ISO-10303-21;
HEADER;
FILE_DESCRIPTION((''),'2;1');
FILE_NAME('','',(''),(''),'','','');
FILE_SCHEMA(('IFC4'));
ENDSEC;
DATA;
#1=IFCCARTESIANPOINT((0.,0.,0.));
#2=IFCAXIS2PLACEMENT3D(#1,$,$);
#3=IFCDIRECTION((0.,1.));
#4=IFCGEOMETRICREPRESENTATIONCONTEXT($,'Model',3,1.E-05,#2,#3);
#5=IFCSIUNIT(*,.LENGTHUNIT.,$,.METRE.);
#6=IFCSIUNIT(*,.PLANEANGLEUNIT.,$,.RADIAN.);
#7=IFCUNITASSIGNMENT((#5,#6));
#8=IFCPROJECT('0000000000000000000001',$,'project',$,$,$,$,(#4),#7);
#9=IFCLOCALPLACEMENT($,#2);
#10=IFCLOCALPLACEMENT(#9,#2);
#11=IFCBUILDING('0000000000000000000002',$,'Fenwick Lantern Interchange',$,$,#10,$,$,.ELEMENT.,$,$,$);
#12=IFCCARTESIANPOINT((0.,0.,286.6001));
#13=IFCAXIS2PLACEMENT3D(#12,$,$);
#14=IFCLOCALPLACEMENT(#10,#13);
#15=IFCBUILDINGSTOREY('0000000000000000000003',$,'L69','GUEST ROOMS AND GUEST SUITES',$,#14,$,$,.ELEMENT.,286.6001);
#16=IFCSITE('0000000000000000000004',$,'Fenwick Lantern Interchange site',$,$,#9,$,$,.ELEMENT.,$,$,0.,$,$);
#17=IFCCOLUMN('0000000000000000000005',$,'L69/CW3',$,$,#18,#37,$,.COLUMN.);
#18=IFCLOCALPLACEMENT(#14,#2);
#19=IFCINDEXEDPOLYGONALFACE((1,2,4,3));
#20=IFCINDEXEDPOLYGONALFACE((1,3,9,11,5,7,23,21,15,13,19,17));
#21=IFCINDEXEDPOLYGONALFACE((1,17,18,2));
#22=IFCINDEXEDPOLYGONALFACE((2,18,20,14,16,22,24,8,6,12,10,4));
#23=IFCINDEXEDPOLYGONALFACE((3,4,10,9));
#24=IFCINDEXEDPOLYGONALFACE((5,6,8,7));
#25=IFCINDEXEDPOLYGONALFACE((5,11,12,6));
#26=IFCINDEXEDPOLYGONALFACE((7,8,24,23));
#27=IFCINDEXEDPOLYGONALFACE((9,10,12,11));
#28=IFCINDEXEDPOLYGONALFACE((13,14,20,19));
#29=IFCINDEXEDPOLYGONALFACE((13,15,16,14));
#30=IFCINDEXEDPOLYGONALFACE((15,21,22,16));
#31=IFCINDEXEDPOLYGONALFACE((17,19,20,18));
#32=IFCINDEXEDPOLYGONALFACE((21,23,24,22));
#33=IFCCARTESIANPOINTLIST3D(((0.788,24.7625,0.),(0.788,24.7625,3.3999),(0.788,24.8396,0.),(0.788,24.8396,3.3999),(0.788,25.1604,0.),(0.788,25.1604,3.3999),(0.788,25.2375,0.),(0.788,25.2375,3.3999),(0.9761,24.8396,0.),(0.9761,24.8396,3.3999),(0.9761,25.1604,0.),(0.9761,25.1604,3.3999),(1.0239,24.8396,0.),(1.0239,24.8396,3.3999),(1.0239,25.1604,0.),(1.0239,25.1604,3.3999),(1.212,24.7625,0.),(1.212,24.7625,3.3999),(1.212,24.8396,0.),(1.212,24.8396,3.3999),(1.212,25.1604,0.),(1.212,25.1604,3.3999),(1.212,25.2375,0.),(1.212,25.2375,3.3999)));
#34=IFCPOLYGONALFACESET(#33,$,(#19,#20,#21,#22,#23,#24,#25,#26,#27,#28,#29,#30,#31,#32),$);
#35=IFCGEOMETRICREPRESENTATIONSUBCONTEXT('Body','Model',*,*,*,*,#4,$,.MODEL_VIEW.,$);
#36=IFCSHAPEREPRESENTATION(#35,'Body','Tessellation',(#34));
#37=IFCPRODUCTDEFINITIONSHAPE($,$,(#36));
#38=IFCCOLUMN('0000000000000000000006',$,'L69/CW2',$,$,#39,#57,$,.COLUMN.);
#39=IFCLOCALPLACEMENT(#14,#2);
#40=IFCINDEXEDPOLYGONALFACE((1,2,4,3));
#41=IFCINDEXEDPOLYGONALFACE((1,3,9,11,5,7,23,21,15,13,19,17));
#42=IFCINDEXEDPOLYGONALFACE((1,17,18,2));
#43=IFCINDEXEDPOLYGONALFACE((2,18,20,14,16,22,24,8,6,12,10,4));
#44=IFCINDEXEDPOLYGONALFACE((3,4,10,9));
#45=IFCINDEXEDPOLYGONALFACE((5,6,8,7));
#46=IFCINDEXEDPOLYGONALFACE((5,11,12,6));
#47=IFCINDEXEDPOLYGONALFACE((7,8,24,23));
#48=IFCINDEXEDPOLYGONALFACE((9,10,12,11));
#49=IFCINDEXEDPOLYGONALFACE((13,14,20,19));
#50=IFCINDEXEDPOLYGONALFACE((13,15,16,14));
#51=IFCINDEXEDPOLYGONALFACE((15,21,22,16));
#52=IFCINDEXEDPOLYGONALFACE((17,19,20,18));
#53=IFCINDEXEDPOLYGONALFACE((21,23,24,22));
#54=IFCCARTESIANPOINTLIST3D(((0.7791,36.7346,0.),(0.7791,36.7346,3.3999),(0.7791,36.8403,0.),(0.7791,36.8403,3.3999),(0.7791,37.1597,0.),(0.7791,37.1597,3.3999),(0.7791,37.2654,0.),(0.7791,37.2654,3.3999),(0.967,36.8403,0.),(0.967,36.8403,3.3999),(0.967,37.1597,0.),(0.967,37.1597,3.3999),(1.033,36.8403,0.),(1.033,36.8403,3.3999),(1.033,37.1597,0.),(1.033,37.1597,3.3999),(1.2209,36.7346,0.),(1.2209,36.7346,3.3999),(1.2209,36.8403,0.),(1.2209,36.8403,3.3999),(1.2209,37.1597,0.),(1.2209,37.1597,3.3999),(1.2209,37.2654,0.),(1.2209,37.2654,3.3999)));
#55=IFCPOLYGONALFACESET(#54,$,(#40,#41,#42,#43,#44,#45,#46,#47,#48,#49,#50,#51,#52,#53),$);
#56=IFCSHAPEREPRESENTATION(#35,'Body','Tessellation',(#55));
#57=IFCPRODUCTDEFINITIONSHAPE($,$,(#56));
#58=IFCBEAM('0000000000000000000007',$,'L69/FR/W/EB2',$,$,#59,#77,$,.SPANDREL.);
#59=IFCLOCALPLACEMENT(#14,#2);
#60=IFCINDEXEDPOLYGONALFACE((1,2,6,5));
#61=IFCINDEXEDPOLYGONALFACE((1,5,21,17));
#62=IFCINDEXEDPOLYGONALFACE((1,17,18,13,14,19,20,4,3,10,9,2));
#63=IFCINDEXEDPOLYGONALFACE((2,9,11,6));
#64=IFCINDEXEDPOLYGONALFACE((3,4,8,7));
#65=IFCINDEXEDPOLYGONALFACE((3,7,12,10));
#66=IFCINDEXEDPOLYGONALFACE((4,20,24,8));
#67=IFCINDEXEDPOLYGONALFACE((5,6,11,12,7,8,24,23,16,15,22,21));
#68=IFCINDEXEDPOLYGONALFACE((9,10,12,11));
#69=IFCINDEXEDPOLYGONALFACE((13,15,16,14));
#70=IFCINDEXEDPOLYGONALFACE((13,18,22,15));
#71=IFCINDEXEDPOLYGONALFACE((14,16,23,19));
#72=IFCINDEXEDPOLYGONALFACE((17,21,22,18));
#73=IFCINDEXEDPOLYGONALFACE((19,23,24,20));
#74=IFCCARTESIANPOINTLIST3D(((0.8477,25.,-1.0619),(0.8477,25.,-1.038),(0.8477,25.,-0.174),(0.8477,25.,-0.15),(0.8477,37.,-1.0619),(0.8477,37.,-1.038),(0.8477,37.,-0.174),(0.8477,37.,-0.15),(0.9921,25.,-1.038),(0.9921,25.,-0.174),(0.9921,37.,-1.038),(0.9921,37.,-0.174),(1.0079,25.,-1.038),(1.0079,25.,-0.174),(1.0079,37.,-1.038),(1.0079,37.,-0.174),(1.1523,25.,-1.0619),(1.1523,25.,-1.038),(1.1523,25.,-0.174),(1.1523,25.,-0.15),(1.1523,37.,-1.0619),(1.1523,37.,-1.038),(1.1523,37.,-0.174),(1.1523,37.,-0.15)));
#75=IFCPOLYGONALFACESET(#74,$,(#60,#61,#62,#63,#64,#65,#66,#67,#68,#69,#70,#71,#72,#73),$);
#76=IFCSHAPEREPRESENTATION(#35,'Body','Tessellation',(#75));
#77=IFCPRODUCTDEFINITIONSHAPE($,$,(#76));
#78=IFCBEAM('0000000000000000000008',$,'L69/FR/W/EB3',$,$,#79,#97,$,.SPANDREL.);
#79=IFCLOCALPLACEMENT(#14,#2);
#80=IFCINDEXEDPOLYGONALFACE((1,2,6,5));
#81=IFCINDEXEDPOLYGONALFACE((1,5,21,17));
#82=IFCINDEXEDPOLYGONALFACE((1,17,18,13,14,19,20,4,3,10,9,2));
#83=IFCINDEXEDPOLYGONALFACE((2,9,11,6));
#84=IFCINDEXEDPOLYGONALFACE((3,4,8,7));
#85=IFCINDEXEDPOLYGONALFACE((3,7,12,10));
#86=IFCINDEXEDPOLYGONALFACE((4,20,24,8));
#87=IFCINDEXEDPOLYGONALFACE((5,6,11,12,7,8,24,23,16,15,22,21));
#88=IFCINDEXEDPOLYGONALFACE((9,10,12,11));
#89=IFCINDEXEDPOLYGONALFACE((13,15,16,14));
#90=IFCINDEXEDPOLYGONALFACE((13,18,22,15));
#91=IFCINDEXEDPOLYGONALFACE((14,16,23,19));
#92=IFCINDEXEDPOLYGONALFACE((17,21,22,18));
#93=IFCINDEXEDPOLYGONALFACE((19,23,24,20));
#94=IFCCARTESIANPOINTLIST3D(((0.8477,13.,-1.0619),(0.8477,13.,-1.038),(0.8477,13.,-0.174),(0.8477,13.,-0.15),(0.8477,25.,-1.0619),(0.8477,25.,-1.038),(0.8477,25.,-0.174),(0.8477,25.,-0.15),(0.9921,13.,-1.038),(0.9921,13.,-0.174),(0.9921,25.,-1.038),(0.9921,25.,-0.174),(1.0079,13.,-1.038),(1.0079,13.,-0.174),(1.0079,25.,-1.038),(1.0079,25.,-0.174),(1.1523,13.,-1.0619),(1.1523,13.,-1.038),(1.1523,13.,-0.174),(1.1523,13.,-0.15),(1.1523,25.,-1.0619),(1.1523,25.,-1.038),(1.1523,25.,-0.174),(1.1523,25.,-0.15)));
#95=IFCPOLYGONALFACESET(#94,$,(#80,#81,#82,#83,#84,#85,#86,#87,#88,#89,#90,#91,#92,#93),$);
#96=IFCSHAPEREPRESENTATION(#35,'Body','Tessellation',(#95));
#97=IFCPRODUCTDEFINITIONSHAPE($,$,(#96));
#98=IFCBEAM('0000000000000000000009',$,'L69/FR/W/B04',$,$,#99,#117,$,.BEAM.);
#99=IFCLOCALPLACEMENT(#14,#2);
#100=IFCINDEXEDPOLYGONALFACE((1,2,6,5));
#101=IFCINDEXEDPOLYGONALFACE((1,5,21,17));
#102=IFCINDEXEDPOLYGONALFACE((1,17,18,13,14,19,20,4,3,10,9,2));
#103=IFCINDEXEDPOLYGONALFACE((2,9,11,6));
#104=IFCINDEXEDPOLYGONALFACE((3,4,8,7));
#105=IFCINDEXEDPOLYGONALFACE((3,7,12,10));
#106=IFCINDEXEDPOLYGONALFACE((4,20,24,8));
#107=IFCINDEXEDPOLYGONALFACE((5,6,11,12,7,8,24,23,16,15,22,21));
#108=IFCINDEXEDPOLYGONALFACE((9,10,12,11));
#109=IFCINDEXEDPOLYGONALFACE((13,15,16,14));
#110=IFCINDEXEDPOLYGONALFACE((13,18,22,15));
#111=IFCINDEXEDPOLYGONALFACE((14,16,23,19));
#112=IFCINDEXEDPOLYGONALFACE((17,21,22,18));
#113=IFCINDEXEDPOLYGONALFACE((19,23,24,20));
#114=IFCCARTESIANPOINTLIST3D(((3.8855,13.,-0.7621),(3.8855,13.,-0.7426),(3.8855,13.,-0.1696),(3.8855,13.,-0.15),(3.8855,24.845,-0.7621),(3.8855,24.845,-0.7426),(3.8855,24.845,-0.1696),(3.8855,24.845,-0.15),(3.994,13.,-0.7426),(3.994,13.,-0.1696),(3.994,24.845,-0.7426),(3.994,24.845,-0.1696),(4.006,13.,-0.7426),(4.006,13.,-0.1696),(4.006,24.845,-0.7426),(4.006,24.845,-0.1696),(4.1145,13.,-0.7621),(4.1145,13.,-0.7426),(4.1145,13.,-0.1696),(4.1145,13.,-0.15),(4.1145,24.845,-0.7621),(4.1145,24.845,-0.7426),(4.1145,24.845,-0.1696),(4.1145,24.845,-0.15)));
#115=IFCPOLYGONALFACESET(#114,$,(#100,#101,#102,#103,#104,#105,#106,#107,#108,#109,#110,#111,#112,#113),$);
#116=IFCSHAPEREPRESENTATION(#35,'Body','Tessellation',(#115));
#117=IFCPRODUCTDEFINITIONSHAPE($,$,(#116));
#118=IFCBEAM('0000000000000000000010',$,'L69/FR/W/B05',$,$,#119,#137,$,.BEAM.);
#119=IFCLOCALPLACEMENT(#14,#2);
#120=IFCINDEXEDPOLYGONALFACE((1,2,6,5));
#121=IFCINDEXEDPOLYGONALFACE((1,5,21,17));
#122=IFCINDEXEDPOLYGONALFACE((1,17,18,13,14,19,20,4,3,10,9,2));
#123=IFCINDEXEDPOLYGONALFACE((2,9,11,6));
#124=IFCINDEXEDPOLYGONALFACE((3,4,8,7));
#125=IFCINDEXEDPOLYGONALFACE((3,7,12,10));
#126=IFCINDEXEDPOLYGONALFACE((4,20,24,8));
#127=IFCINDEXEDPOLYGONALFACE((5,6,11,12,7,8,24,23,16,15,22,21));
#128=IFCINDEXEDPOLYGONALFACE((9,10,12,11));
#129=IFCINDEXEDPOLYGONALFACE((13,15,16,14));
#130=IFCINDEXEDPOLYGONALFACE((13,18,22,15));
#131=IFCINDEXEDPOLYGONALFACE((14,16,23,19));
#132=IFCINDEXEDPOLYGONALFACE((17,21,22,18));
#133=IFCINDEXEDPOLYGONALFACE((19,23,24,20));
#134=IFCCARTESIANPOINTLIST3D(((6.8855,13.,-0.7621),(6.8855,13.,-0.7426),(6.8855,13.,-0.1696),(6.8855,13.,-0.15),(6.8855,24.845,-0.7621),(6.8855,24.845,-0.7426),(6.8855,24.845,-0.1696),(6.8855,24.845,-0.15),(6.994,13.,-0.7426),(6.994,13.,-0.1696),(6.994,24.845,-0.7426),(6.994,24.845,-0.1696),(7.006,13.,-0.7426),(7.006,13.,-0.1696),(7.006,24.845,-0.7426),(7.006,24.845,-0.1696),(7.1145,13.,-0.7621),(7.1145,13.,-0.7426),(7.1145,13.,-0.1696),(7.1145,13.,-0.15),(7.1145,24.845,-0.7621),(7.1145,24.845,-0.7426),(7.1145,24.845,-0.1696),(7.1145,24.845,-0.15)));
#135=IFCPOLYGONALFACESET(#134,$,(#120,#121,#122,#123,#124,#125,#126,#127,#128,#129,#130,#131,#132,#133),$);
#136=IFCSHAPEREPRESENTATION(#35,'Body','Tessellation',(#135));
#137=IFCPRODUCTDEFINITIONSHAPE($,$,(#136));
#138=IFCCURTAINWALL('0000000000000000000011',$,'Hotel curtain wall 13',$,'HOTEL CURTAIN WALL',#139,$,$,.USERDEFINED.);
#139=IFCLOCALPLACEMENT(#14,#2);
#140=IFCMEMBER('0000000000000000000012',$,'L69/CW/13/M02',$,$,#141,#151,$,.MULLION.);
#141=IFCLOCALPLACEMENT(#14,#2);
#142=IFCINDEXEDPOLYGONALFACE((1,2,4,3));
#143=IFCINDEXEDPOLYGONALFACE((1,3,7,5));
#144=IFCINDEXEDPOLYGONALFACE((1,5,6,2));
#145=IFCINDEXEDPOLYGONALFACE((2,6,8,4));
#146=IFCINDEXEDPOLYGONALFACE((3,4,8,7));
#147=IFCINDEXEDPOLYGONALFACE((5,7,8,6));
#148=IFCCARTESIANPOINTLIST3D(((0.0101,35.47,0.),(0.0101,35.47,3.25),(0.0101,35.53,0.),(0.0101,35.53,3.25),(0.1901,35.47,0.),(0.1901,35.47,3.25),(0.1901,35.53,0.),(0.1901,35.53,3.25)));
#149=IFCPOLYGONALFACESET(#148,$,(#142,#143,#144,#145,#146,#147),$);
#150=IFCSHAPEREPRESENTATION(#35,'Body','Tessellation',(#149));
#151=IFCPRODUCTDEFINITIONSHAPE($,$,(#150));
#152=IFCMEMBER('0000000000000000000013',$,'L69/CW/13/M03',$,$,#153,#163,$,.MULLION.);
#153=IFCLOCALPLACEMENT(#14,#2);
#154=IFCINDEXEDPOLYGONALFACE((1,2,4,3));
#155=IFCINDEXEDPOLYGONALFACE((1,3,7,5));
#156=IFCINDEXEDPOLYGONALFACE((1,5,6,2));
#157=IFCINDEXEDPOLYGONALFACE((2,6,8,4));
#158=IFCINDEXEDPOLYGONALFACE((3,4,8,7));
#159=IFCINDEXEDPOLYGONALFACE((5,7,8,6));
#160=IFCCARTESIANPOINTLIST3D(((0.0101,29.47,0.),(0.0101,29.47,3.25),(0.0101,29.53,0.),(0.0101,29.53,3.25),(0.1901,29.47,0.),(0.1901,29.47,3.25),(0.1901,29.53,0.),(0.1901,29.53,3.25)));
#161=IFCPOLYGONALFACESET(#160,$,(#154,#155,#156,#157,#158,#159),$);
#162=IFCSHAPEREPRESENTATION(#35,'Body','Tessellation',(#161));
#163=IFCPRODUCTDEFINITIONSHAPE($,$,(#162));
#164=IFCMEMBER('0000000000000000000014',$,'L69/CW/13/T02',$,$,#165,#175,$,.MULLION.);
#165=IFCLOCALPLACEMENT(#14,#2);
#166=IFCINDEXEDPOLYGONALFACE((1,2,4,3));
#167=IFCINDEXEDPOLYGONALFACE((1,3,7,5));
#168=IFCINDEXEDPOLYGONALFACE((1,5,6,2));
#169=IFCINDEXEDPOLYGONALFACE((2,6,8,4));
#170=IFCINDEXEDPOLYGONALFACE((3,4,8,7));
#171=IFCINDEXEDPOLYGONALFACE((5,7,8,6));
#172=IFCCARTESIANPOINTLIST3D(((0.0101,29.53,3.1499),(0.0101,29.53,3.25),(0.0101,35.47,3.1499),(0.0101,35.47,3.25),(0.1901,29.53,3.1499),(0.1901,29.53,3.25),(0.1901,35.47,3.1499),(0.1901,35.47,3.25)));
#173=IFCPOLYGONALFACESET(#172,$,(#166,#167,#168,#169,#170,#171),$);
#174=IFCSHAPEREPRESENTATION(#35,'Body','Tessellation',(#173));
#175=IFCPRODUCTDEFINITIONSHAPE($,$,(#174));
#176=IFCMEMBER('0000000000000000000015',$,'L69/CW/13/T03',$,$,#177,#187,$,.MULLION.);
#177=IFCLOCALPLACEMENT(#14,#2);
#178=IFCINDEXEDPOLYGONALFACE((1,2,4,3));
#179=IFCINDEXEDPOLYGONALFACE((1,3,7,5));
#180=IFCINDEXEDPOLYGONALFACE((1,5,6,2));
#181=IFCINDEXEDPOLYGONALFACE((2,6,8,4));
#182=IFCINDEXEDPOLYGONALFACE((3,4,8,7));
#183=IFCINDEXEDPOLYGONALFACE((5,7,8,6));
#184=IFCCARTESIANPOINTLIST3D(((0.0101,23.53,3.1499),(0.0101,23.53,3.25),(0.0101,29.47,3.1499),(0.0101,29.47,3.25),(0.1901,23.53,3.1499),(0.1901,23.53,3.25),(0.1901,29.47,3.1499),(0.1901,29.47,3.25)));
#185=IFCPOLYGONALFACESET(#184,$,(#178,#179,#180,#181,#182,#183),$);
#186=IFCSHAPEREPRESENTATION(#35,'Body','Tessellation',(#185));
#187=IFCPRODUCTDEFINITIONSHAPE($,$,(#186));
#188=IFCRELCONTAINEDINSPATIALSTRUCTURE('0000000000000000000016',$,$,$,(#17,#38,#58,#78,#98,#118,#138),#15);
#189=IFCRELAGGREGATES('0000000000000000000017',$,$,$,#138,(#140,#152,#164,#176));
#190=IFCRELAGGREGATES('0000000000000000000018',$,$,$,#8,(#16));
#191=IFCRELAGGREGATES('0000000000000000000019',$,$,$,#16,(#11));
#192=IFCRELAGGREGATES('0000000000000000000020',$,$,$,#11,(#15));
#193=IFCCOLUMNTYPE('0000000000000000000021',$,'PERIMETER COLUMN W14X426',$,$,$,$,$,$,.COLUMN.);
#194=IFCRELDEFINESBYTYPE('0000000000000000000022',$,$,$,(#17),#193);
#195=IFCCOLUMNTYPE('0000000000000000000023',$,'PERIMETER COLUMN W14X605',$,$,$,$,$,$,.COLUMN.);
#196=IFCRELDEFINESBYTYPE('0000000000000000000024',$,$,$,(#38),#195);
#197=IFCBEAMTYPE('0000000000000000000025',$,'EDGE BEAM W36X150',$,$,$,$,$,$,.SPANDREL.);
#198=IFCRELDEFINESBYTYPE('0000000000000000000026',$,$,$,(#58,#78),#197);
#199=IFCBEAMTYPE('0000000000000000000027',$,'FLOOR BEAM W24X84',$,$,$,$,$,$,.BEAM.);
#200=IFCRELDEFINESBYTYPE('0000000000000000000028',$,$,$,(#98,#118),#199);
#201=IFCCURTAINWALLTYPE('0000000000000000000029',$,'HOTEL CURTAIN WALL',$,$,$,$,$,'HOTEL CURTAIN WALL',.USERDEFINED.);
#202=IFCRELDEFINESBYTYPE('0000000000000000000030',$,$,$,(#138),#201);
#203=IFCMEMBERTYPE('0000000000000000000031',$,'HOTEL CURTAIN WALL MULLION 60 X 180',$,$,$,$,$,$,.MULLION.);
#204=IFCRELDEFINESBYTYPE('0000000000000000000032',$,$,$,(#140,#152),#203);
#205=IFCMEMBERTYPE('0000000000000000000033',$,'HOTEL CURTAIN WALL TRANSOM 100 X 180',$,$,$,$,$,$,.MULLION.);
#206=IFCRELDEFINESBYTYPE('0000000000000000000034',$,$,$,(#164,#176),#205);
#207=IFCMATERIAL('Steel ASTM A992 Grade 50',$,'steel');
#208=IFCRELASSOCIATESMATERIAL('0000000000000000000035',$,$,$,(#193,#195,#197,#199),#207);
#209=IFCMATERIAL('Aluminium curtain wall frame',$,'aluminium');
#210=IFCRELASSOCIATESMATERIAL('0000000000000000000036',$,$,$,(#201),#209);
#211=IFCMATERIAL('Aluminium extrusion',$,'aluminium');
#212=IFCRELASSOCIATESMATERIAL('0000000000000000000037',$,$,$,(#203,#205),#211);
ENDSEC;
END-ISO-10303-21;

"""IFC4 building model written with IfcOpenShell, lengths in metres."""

from ifc_helpers import new_model, si_unit, direction, frame, origin, origin_2d, place, context, subcontext, project, spatial, rectangle, i_section, extrude, material, material_profile, profile_set, type_object, element, aggregate, save


model = new_model("IFC4")

# Units and contexts
model_context = context("Model", 3, precision=1e-05, world=origin(), true_north=direction((0.0, 1.0)))
body_context = subcontext(model_context, "Body", "Model", "MODEL_VIEW")
ifc_project = project(units=[si_unit("LENGTHUNIT", "METRE"), si_unit("PLANEANGLEUNIT", "RADIAN")], contexts=[model_context])

# Site, building, storey
site_placement = place(None, origin())
site = spatial("IfcSite", under=ifc_project, at=site_placement, Name="Fenwick Lantern Interchange site", CompositionType="ELEMENT", RefElevation=0.0)
building_placement = place(site_placement, origin())
building = spatial("IfcBuilding", under=site, at=building_placement, Name="Fenwick Lantern Interchange", CompositionType="ELEMENT")
storey_placement = place(building_placement, frame((0.0, 0.0, 286.6001)))
storey = spatial("IfcBuildingStorey", under=building, at=storey_placement, Name="L69", Description="GUEST ROOMS AND GUEST SUITES", CompositionType="ELEMENT", Elevation=286.6001)

# Columns
ifc_material_1 = material(Name="Steel ASTM A992 Grade 50", Category="steel")
ifc_material_profile_1 = material_profile(ifc_material_1, i_section(OverallWidth=0.4241, OverallDepth=0.4751, WebThickness=0.0479, FlangeThickness=0.0771, at=origin_2d()), Name="W14X426")
ifc_profile_set_1 = profile_set([ifc_material_profile_1], Name="Steel ASTM A992 Grade 50")
column_type_1 = type_object("IfcColumnType", Name="PERIMETER COLUMN W14X426", PredefinedType="COLUMN", material=ifc_profile_set_1)
column_1_placement = place(storey_placement, frame((1.0, 25.0, 0.0), z_axis=(0.0, 0.0, 1.0), x_axis=(1.0, 0.0, 0.0)))
element("IfcColumn", 1, at=column_1_placement, inside=storey, type_object=column_type_1, Name="L69/CW3", PredefinedType="COLUMN", context=body_context, shape_type="SweptSolid", body=[
    extrude(i_section(OverallWidth=0.4241, OverallDepth=0.4751, WebThickness=0.0479, FlangeThickness=0.0771, at=origin_2d()), origin(), (0.0, 0.0, 1.0), 3.3999),
])
ifc_material_profile_2 = material_profile(ifc_material_1, i_section(OverallWidth=0.4419, OverallDepth=0.5308, WebThickness=0.0659, FlangeThickness=0.1057, at=origin_2d()), Name="W14X605")
ifc_profile_set_2 = profile_set([ifc_material_profile_2], Name="Steel ASTM A992 Grade 50")
column_type_2 = type_object("IfcColumnType", Name="PERIMETER COLUMN W14X605", PredefinedType="COLUMN", material=ifc_profile_set_2)
column_2_placement = place(storey_placement, frame((1.0, 37.0, 0.0), z_axis=(0.0, 0.0, 1.0), x_axis=(1.0, 0.0, 0.0)))
element("IfcColumn", 2, at=column_2_placement, inside=storey, type_object=column_type_2, Name="L69/CW2", PredefinedType="COLUMN", context=body_context, shape_type="SweptSolid", body=[
    extrude(i_section(OverallWidth=0.4419, OverallDepth=0.5308, WebThickness=0.0659, FlangeThickness=0.1057, at=origin_2d()), origin(), (0.0, 0.0, 1.0), 3.3999),
])

# Beams
ifc_material_profile_3 = material_profile(ifc_material_1, i_section(OverallWidth=0.3047, OverallDepth=0.9119, WebThickness=0.0159, FlangeThickness=0.0239, at=origin_2d()), Name="W36X150")
ifc_profile_set_3 = profile_set([ifc_material_profile_3], Name="Steel ASTM A992 Grade 50")
beam_type_1 = type_object("IfcBeamType", Name="EDGE BEAM W36X150", PredefinedType="SPANDREL", material=ifc_profile_set_3)
for number, where, z_axis, x_axis, name in (
    (3, (1.0, 37.0, -0.606), (0.0, -1.0, 0.0), (1.0, 0.0, 0.0), "L69/FR/W/EB2"),
    (4, (1.0, 25.0, -0.606), (0.0, -1.0, 0.0), (1.0, 0.0, 0.0), "L69/FR/W/EB3"),
):
    element("IfcBeam", number, at=place(storey_placement, frame(where, z_axis=z_axis, x_axis=x_axis)), inside=storey, type_object=beam_type_1, Name=name, PredefinedType="SPANDREL", context=body_context, shape_type="SweptSolid", body=[
        extrude(i_section(OverallWidth=0.3047, OverallDepth=0.9119, WebThickness=0.0159, FlangeThickness=0.0239, at=origin_2d()), origin(), (0.0, 0.0, 1.0), 12.0),
    ])
ifc_material_profile_4 = material_profile(ifc_material_1, i_section(OverallWidth=0.229, OverallDepth=0.6121, WebThickness=0.012, FlangeThickness=0.0195, at=origin_2d()), Name="W24X84")
ifc_profile_set_4 = profile_set([ifc_material_profile_4], Name="Steel ASTM A992 Grade 50")
beam_type_2 = type_object("IfcBeamType", Name="FLOOR BEAM W24X84", PredefinedType="BEAM", material=ifc_profile_set_4)
for number, where, z_axis, x_axis, name in (
    (5, (4.0, 24.845, -0.4561), (0.0, -1.0, 0.0), (1.0, 0.0, 0.0), "L69/FR/W/B04"),
    (6, (7.0, 24.845, -0.4561), (0.0, -1.0, 0.0), (1.0, 0.0, 0.0), "L69/FR/W/B05"),
):
    element("IfcBeam", number, at=place(storey_placement, frame(where, z_axis=z_axis, x_axis=x_axis)), inside=storey, type_object=beam_type_2, Name=name, PredefinedType="BEAM", context=body_context, shape_type="SweptSolid", body=[
        extrude(i_section(OverallWidth=0.229, OverallDepth=0.6121, WebThickness=0.012, FlangeThickness=0.0195, at=origin_2d()), origin(), (0.0, 0.0, 1.0), 11.845),
    ])

# Curtain wall, members
ifc_material_2 = material(Name="Aluminium curtain wall frame", Category="aluminium")
curtain_wall_type = type_object("IfcCurtainWallType", Name="HOTEL CURTAIN WALL", ElementType="HOTEL CURTAIN WALL", PredefinedType="USERDEFINED", material=ifc_material_2)
curtain_wall_placement = place(storey_placement, origin())
curtain_wall = element("IfcCurtainWall", 7, at=curtain_wall_placement, inside=storey, type_object=curtain_wall_type, Name="Hotel curtain wall 13", ObjectType="HOTEL CURTAIN WALL", PredefinedType="USERDEFINED")
ifc_material_3 = material(Name="Aluminium extrusion", Category="aluminium")
ifc_material_profile_5 = material_profile(ifc_material_3, rectangle(XDim=0.1799, YDim=0.0601, at=origin_2d()), Name="HOTEL CURTAIN WALL MULLION 60 X 180")
ifc_profile_set_5 = profile_set([ifc_material_profile_5], Name="Aluminium extrusion")
member_type_1 = type_object("IfcMemberType", Name="HOTEL CURTAIN WALL MULLION 60 X 180", PredefinedType="MULLION", material=ifc_profile_set_5)
member_1_placement = place(storey_placement, frame((0.1001, 35.5, 0.0), z_axis=(0.0, 0.0, 1.0), x_axis=(1.0, 0.0, 0.0)))
member_1 = element("IfcMember", 8, at=member_1_placement, type_object=member_type_1, Name="L69/CW/13/M02", PredefinedType="MULLION", context=body_context, shape_type="SweptSolid", body=[
    extrude(rectangle(XDim=0.1799, YDim=0.0601, at=origin_2d()), origin(), (0.0, 0.0, 1.0), 3.25),
])
member_2_placement = place(storey_placement, frame((0.1001, 29.5, 0.0), z_axis=(0.0, 0.0, 1.0), x_axis=(1.0, 0.0, 0.0)))
member_2 = element("IfcMember", 9, at=member_2_placement, type_object=member_type_1, Name="L69/CW/13/M03", PredefinedType="MULLION", context=body_context, shape_type="SweptSolid", body=[
    extrude(rectangle(XDim=0.1799, YDim=0.0601, at=origin_2d()), origin(), (0.0, 0.0, 1.0), 3.25),
])
ifc_material_profile_6 = material_profile(ifc_material_3, rectangle(XDim=0.1799, YDim=0.1001, at=origin_2d()), Name="HOTEL CURTAIN WALL TRANSOM 100 X 180")
ifc_profile_set_6 = profile_set([ifc_material_profile_6], Name="Aluminium extrusion")
member_type_2 = type_object("IfcMemberType", Name="HOTEL CURTAIN WALL TRANSOM 100 X 180", PredefinedType="MULLION", material=ifc_profile_set_6)
member_3_placement = place(storey_placement, frame((0.1001, 35.47, 3.2), z_axis=(0.0, -1.0, 0.0), x_axis=(1.0, 0.0, 0.0)))
member_3 = element("IfcMember", 10, at=member_3_placement, type_object=member_type_2, Name="L69/CW/13/T02", PredefinedType="MULLION", context=body_context, shape_type="SweptSolid", body=[
    extrude(rectangle(XDim=0.1799, YDim=0.1001, at=origin_2d()), origin(), (0.0, 0.0, 1.0), 5.9399),
])
member_4_placement = place(storey_placement, frame((0.1001, 29.47, 3.2), z_axis=(0.0, -1.0, 0.0), x_axis=(1.0, 0.0, 0.0)))
member_4 = element("IfcMember", 11, at=member_4_placement, type_object=member_type_2, Name="L69/CW/13/T03", PredefinedType="MULLION", context=body_context, shape_type="SweptSolid", body=[
    extrude(rectangle(XDim=0.1799, YDim=0.1001, at=origin_2d()), origin(), (0.0, 0.0, 1.0), 5.9399),
])
aggregate(curtain_wall, [member_1, member_2, member_3, member_4])

save(model, "model.ifc")
